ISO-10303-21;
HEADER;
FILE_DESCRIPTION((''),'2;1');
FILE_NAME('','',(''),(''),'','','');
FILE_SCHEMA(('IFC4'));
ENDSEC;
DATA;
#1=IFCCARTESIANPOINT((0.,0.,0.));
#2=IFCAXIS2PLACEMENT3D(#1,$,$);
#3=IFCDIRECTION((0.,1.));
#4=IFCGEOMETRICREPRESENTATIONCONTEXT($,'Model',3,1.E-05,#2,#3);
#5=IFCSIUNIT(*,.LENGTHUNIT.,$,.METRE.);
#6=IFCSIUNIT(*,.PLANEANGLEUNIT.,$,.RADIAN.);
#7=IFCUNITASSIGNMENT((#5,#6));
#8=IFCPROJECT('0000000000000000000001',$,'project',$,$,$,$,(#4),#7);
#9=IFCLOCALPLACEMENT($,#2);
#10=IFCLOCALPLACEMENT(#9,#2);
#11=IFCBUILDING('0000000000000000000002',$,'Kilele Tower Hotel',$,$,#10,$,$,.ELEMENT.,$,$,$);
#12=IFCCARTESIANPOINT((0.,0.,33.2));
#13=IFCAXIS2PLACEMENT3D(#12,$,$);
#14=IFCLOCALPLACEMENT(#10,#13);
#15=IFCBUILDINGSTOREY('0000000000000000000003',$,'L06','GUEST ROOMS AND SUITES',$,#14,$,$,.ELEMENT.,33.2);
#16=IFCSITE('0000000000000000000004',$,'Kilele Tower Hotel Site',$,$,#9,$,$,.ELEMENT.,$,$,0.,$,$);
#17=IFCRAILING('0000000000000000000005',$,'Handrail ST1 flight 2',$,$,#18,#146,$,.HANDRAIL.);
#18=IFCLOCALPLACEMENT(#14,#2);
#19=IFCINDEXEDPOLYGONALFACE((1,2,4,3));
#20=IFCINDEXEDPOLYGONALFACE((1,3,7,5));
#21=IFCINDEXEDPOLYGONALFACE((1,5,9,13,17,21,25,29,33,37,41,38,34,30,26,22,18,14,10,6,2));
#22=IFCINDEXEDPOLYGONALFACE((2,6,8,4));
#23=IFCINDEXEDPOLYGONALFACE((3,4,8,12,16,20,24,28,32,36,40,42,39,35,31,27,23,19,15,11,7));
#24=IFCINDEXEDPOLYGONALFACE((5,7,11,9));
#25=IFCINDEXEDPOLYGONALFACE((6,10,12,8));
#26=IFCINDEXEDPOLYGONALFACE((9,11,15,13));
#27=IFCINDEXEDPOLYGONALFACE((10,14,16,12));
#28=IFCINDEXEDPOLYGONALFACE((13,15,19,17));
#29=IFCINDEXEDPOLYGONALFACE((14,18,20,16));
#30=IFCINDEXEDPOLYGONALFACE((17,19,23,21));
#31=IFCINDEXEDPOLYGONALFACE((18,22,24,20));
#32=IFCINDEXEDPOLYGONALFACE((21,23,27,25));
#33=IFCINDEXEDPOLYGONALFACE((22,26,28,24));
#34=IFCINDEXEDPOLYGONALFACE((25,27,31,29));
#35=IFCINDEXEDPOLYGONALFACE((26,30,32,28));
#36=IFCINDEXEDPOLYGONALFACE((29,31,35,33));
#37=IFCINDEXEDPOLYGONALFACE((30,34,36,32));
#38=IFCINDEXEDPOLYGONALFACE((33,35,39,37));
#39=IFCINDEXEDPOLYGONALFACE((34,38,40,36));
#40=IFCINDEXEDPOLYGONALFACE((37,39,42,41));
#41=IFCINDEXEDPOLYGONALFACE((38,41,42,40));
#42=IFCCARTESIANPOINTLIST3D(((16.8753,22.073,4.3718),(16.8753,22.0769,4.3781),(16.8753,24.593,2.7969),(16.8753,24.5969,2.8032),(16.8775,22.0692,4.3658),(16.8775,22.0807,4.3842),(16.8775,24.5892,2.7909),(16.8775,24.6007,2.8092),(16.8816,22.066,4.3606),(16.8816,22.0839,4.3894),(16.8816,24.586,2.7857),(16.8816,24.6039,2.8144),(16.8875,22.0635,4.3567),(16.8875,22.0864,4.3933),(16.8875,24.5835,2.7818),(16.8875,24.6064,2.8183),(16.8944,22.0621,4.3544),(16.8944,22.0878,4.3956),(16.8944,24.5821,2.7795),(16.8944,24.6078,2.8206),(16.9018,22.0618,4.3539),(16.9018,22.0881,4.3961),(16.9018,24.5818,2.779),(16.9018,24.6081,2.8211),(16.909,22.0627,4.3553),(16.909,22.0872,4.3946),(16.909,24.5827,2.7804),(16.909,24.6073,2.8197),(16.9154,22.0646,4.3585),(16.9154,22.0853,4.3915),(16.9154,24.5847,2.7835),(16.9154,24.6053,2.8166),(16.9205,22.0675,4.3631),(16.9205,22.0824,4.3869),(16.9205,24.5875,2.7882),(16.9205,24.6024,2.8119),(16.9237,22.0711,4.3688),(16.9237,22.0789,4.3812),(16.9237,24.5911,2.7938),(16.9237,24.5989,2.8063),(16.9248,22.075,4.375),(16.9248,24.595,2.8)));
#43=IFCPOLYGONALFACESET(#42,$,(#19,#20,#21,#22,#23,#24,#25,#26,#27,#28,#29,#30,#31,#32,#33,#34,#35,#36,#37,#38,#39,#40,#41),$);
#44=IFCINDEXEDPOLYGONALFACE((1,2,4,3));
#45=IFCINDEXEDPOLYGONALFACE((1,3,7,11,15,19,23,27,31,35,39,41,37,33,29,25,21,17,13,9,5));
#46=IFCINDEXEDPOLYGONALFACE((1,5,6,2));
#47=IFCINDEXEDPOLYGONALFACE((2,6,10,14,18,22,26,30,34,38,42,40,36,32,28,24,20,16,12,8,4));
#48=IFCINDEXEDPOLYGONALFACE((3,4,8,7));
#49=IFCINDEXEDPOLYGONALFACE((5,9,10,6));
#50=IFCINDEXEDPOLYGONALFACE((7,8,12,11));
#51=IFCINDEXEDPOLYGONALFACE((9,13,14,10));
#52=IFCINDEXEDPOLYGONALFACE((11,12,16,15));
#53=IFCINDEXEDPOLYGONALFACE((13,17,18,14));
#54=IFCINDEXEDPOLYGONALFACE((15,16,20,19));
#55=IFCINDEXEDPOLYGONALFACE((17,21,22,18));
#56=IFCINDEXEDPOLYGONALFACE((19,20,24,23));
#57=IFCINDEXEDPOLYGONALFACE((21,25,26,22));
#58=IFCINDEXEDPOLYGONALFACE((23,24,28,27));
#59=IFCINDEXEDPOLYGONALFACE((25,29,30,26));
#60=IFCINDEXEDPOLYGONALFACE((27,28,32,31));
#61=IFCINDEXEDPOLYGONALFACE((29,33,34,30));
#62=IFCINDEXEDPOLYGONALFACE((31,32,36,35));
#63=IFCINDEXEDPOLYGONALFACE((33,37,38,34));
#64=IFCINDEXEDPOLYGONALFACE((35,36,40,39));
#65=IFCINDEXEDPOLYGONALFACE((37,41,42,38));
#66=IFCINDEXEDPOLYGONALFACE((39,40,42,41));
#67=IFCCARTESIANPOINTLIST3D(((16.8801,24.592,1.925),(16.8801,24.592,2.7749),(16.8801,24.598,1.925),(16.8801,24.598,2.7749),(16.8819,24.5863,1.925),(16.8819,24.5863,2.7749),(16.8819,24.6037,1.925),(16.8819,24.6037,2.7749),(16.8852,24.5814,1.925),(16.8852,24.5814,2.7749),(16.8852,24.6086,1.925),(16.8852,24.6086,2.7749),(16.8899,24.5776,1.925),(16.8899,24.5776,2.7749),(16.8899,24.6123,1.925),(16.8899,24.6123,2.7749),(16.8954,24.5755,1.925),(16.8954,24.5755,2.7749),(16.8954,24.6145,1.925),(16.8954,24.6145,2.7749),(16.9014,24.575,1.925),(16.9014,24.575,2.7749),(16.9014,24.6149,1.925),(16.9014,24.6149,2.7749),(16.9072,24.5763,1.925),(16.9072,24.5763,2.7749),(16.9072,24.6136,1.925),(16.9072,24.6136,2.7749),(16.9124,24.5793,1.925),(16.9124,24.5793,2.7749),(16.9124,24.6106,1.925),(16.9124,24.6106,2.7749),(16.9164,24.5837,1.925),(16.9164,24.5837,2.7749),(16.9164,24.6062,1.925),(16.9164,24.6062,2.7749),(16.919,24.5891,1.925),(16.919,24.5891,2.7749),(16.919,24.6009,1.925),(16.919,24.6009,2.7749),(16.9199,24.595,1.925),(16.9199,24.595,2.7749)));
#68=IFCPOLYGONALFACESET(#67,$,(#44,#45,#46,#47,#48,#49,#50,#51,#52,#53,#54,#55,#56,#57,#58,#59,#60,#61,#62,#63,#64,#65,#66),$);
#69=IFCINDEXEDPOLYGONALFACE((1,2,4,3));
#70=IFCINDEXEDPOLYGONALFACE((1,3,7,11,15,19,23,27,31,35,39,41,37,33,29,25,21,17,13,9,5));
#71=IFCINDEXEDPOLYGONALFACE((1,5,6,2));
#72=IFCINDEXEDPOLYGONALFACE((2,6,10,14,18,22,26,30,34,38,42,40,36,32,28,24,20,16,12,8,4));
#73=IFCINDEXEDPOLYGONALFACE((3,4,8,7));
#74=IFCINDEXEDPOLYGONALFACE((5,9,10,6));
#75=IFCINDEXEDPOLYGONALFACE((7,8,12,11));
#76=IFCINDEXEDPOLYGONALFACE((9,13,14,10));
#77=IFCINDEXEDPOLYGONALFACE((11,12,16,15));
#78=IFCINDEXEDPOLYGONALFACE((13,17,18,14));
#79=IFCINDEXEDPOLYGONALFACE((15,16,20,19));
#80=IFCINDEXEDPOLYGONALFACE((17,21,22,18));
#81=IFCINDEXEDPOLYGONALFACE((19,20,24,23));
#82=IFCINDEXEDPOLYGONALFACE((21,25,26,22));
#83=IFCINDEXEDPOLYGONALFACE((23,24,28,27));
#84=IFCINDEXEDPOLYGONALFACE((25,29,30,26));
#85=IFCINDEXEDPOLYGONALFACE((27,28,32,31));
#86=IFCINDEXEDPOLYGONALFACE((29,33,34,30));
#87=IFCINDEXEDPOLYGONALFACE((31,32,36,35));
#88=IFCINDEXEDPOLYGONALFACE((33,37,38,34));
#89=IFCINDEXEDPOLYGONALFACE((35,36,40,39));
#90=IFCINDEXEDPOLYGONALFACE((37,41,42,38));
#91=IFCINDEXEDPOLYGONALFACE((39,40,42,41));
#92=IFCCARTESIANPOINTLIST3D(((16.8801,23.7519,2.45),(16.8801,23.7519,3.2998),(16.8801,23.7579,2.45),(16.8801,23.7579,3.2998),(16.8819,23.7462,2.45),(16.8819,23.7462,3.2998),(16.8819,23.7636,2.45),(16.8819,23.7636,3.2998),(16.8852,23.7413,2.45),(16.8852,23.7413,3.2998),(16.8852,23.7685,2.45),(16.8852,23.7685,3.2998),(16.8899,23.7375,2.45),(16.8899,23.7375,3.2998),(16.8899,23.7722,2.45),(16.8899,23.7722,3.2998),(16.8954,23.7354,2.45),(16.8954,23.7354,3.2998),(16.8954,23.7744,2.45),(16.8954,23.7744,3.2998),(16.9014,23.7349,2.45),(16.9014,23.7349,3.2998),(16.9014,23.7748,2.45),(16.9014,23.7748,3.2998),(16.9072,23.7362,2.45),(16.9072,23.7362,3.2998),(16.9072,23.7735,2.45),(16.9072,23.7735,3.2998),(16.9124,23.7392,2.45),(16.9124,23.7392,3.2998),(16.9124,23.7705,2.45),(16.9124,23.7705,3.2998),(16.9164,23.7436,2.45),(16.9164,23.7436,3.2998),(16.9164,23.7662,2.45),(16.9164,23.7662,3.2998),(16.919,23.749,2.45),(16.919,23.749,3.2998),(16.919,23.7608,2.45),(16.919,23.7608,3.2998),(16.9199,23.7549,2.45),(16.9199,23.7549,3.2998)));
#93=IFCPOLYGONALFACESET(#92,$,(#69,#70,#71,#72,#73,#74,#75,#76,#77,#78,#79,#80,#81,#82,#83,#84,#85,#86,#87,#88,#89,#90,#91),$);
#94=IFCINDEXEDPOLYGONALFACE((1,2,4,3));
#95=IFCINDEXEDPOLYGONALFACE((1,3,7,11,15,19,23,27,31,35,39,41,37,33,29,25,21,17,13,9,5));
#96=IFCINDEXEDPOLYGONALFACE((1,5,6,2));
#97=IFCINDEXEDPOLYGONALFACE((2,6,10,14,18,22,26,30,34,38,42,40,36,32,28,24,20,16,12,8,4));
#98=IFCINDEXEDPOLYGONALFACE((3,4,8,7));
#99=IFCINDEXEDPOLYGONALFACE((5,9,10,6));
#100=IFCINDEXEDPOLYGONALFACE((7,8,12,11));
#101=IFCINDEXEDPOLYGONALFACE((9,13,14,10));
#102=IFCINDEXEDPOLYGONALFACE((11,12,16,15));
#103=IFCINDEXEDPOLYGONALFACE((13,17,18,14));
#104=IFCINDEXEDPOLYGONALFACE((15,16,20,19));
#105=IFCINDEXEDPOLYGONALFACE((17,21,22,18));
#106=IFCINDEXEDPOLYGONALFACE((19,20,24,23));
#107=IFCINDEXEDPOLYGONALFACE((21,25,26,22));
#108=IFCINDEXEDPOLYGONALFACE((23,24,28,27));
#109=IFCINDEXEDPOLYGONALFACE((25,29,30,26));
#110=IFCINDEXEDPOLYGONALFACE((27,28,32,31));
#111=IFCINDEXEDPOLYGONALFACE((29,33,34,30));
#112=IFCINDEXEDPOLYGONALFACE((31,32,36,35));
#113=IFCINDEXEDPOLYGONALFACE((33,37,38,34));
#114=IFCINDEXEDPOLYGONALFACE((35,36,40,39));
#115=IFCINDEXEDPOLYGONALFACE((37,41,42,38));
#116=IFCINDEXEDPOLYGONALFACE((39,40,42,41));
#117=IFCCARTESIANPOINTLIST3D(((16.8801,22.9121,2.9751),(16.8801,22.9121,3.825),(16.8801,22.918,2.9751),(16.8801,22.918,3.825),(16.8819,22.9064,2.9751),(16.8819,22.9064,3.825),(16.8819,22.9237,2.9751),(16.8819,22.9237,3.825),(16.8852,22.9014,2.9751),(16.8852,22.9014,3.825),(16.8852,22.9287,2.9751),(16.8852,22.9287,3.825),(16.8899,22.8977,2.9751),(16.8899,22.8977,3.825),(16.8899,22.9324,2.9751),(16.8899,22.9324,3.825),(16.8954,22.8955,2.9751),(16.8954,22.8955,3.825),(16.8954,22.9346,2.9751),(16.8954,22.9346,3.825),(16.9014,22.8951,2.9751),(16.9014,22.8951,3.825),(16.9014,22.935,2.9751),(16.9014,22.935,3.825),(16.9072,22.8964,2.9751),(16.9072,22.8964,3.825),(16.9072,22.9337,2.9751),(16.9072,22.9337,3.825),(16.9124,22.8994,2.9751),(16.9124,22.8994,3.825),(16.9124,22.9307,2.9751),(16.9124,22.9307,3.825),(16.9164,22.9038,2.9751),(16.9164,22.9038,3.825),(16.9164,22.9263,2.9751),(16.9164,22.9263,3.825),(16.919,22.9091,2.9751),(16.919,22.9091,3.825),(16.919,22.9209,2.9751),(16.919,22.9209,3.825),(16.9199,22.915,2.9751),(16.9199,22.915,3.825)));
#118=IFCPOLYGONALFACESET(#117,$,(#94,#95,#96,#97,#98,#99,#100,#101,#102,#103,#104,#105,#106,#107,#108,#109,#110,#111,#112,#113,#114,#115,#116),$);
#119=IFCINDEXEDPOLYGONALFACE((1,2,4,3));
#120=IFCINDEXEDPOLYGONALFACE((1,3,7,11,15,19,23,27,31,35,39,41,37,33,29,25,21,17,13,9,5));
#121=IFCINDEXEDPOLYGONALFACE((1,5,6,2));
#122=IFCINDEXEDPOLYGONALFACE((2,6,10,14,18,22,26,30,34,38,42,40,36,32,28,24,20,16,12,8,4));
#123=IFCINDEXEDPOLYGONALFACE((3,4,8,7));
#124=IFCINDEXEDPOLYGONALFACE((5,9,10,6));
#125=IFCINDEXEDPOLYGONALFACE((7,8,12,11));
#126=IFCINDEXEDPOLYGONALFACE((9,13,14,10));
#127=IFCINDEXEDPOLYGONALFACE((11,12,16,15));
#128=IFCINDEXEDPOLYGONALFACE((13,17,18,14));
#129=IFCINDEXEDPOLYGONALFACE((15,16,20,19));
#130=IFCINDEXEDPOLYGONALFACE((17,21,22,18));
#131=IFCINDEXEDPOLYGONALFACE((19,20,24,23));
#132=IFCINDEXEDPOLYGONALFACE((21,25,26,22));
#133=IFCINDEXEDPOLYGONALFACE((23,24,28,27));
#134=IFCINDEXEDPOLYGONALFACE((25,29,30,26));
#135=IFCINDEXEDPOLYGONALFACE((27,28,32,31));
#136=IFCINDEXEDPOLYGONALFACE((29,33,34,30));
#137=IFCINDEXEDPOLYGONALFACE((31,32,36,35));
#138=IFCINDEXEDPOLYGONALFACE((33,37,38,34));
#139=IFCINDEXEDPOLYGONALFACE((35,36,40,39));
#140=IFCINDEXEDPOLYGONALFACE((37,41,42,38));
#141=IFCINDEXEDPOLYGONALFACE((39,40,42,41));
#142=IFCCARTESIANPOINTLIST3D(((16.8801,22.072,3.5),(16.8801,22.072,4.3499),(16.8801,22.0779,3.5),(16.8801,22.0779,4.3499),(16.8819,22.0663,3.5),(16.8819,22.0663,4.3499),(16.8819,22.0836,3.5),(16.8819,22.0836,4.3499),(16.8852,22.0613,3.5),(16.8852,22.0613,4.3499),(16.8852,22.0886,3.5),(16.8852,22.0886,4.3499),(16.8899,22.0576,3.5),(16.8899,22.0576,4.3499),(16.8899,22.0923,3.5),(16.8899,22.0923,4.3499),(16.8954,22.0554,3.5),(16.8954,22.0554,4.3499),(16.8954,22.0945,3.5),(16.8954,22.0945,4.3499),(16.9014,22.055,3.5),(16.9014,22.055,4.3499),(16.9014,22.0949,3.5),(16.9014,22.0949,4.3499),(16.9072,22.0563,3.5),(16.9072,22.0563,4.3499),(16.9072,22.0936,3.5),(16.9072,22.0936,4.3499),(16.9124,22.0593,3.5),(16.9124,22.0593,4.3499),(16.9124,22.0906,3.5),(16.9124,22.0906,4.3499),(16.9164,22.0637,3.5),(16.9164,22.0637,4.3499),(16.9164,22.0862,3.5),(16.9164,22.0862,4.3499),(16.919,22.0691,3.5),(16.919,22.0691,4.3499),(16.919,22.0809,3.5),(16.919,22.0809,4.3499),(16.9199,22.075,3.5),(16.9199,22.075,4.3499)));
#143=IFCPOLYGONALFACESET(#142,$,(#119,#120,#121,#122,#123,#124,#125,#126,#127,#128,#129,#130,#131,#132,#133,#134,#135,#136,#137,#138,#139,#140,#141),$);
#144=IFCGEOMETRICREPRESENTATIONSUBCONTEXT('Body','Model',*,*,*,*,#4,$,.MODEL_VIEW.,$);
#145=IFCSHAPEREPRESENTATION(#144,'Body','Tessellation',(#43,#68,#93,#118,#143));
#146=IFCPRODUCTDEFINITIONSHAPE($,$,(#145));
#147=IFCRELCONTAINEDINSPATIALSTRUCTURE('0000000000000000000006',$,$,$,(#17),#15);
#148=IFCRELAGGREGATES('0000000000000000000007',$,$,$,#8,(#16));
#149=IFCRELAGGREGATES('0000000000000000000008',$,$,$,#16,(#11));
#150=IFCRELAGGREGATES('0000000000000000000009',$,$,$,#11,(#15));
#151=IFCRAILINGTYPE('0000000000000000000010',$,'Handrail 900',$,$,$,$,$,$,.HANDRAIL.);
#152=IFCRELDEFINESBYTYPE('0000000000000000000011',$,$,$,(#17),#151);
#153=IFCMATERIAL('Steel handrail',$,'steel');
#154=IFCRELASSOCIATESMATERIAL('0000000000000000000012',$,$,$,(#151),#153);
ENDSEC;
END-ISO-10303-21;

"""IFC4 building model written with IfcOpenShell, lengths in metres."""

from ifc_helpers import new_model, si_unit, direction, frame, origin, origin_2d, place, context, subcontext, project, spatial, circle, extrude, material, type_object, element, save


model = new_model("IFC4")

# Units and contexts
model_context = context("Model", 3, precision=1e-05, world=origin(), true_north=direction((0.0, 1.0)))
body_context = subcontext(model_context, "Body", "Model", "MODEL_VIEW")
ifc_project = project(units=[si_unit("LENGTHUNIT", "METRE"), si_unit("PLANEANGLEUNIT", "RADIAN")], contexts=[model_context])

# Site, building, storey
site_placement = place(None, origin())
site = spatial("IfcSite", under=ifc_project, at=site_placement, Name="Kilele Tower Hotel Site", CompositionType="ELEMENT", RefElevation=0.0)
building_placement = place(site_placement, origin())
building = spatial("IfcBuilding", under=site, at=building_placement, Name="Kilele Tower Hotel", CompositionType="ELEMENT")
storey_placement = place(building_placement, frame((0.0, 0.0, 33.2)))
storey = spatial("IfcBuildingStorey", under=building, at=storey_placement, Name="L06", Description="GUEST ROOMS AND SUITES", CompositionType="ELEMENT", Elevation=33.2)

# Railing
ifc_material_1 = material(Name="Steel handrail", Category="steel")
railing_type_1 = type_object("IfcRailingType", Name="Handrail 900", PredefinedType="HANDRAIL", material=ifc_material_1)
for number, where, name in (
    (1, (16.8999, 24.595, 1.925), "Handrail ST1 flight 2"),
):
    element("IfcRailing", number, at=place(storey_placement, frame(where)), inside=storey, type_object=railing_type_1, Name=name, PredefinedType="HANDRAIL", context=body_context, shape_type="SweptSolid", body=[
        extrude(circle(Radius=0.0249, at=origin_2d()), frame((0.0, 0.0, 0.875), z_axis=(0.0, -0.848008, 0.529984), x_axis=(1.0, 0.0, 0.0)), (0.0, 0.0, 1.0), 2.9717),
        extrude(circle(Radius=0.02, at=origin_2d()), origin(), (0.0, 0.0, 1.0), 0.8499),
        extrude(circle(Radius=0.02, at=origin_2d()), frame((0.0, -0.8401, 0.5249)), (0.0, 0.0, 1.0), 0.8499),
        extrude(circle(Radius=0.02, at=origin_2d()), frame((0.0, -1.6799, 1.05)), (0.0, 0.0, 1.0), 0.8499),
        extrude(circle(Radius=0.02, at=origin_2d()), frame((0.0, -2.52, 1.575)), (0.0, 0.0, 1.0), 0.8499),
    ])

save(model, "model.ifc")
